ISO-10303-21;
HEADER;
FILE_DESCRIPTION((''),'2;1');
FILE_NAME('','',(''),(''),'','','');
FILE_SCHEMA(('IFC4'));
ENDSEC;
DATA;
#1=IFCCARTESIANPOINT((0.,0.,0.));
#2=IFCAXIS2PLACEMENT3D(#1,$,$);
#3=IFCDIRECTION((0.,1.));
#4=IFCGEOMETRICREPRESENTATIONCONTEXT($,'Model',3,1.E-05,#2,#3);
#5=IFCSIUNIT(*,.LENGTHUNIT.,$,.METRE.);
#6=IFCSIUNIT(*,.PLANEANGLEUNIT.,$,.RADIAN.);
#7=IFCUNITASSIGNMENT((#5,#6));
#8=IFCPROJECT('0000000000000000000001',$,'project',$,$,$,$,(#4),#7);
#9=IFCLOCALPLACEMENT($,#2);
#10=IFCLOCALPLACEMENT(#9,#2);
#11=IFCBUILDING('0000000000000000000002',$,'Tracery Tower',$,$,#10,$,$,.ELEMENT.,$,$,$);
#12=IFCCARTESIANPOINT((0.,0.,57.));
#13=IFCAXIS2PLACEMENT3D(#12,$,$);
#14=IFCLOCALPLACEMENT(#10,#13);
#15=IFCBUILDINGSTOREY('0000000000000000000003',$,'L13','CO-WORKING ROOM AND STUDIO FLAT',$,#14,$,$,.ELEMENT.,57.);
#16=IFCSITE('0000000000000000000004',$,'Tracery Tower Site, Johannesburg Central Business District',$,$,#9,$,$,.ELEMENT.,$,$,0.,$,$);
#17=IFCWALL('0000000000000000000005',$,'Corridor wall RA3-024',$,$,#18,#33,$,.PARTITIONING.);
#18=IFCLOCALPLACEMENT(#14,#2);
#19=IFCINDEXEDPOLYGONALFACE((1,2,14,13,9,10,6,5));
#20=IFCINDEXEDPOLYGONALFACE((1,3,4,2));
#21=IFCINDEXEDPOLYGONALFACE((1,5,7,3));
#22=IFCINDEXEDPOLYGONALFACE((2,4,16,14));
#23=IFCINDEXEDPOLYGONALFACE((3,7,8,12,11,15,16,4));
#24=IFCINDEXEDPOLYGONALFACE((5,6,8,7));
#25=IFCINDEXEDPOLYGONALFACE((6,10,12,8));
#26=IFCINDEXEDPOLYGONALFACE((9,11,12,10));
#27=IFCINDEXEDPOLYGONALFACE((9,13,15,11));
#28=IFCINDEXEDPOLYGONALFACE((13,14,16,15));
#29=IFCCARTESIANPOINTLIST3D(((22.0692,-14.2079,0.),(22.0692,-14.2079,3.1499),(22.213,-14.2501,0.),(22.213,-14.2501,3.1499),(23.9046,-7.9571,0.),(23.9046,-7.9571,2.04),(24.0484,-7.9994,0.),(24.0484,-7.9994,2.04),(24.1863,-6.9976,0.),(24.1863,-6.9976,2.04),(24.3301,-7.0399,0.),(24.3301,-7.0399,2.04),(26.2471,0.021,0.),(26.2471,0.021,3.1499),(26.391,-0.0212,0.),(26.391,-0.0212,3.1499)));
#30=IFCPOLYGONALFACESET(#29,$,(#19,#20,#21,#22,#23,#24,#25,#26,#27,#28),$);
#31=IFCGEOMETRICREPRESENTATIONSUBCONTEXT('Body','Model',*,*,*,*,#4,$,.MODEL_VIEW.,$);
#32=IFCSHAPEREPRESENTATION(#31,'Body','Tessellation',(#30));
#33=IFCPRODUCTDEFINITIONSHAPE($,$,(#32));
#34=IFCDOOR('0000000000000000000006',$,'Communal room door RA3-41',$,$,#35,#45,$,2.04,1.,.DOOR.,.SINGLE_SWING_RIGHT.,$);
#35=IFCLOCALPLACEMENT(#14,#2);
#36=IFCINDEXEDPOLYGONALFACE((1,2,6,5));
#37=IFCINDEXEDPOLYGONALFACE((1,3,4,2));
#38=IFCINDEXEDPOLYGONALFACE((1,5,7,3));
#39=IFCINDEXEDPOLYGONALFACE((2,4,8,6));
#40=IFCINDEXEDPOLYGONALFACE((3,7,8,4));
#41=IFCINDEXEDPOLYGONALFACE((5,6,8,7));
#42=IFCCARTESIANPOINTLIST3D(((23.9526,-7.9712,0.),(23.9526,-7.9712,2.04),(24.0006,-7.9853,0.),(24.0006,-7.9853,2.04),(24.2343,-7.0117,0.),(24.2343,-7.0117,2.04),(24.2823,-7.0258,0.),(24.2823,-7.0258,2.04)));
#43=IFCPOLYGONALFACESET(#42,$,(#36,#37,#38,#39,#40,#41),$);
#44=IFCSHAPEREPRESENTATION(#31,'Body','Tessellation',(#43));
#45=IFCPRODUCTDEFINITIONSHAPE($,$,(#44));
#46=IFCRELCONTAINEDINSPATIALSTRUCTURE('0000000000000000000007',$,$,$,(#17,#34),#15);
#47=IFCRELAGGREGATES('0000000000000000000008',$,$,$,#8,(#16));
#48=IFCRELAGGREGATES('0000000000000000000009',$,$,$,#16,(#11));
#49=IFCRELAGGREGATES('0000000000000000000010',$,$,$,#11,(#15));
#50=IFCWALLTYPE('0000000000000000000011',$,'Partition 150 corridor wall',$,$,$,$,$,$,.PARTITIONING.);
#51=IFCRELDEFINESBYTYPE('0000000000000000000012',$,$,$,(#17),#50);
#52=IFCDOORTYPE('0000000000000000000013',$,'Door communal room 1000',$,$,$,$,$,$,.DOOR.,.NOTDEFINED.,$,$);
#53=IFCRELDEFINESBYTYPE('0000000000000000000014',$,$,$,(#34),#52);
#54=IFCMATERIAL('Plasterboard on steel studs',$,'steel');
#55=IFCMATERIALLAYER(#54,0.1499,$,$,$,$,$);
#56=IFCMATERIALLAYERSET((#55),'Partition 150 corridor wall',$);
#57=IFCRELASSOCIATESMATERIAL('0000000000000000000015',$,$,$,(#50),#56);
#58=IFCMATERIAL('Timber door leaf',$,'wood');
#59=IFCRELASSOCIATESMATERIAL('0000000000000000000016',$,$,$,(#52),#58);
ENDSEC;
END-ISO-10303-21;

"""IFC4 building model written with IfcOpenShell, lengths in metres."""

from ifc_helpers import new_model, si_unit, direction, frame, frame_2d, origin, place, context, subcontext, project, spatial, rectangle, extrude, material, layer, layer_set, type_object, element, fill, save


model = new_model("IFC4")

# Units and contexts
model_context = context("Model", 3, precision=1e-05, world=origin(), true_north=direction((0.0, 1.0)))
body_context = subcontext(model_context, "Body", "Model", "MODEL_VIEW")
ifc_project = project(units=[si_unit("LENGTHUNIT", "METRE"), si_unit("PLANEANGLEUNIT", "RADIAN")], contexts=[model_context])

# Site, building, storey
site_placement = place(None, origin())
site = spatial("IfcSite", under=ifc_project, at=site_placement, Name="Tracery Tower Site, Johannesburg Central Business District", CompositionType="ELEMENT", RefElevation=0.0)
building_placement = place(site_placement, origin())
building = spatial("IfcBuilding", under=site, at=building_placement, Name="Tracery Tower", CompositionType="ELEMENT")
storey_placement = place(building_placement, frame((0.0, 0.0, 57.0)))
storey = spatial("IfcBuildingStorey", under=building, at=storey_placement, Name="L13", Description="CO-WORKING ROOM AND STUDIO FLAT", CompositionType="ELEMENT", Elevation=57.0)

# Shared definitions
ifc_material_1 = material(Name="Plasterboard on steel studs", Category="steel")
ifc_layer_1 = layer(ifc_material_1, 0.1499)
ifc_layer_set_1 = layer_set([ifc_layer_1], Name="Partition 150 corridor wall")
wall_type_1 = type_object("IfcWallType", Name="Partition 150 corridor wall", PredefinedType="PARTITIONING", material=ifc_layer_set_1)

# Wall, opening, door
wall_1_placement = place(storey_placement, frame((22.1411, -14.229, 0.0), z_axis=(0.0, 0.0, 1.0), x_axis=(0.28173, 0.959494, 0.0)))
wall_1 = element("IfcWall", 1, at=wall_1_placement, inside=storey, type_object=wall_type_1, Name="Corridor wall RA3-024", PredefinedType="PARTITIONING", context=body_context, shape_type="SweptSolid", body=[
    extrude(rectangle(XDim=14.8296, YDim=0.1499, at=frame_2d((7.4148, 0.0))), origin(), (0.0, 0.0, 1.0), 3.1499),
])
opening_1_placement = place(wall_1_placement, frame((6.5146, 0.0, 0.0)))
opening_1 = element("IfcOpeningElement", 2, at=opening_1_placement, cuts=wall_1, PredefinedType="OPENING", context=body_context, shape_type="SweptSolid", body=[
    extrude(rectangle(XDim=1.0, YDim=2.04, at=frame_2d((0.5, 1.02))), frame((0.0, 0.075, 0.0), z_axis=(0.0, -1.0, 0.0), x_axis=(1.0, 0.0, 0.0)), (0.0, 0.0, 1.0), 0.1499),
])
ifc_material_2 = material(Name="Timber door leaf", Category="wood")
door_type = type_object("IfcDoorType", Name="Door communal room 1000", OperationType="NOTDEFINED", PredefinedType="DOOR", material=ifc_material_2)
door_placement = place(opening_1_placement, origin())
door = element("IfcDoor", 3, at=door_placement, inside=storey, type_object=door_type, Name="Communal room door RA3-41", OperationType="SINGLE_SWING_RIGHT", OverallHeight=2.04, OverallWidth=1.0, PredefinedType="DOOR", context=body_context, shape_type="SweptSolid", body=[
    extrude(rectangle(XDim=1.0, YDim=2.04, at=frame_2d((0.5, 1.02))), frame((0.0, 0.0249, 0.0), z_axis=(0.0, -1.0, 0.0), x_axis=(1.0, 0.0, 0.0)), (0.0, 0.0, 1.0), 0.05),
])
fill(opening_1, door)

save(model, "model.ifc")
